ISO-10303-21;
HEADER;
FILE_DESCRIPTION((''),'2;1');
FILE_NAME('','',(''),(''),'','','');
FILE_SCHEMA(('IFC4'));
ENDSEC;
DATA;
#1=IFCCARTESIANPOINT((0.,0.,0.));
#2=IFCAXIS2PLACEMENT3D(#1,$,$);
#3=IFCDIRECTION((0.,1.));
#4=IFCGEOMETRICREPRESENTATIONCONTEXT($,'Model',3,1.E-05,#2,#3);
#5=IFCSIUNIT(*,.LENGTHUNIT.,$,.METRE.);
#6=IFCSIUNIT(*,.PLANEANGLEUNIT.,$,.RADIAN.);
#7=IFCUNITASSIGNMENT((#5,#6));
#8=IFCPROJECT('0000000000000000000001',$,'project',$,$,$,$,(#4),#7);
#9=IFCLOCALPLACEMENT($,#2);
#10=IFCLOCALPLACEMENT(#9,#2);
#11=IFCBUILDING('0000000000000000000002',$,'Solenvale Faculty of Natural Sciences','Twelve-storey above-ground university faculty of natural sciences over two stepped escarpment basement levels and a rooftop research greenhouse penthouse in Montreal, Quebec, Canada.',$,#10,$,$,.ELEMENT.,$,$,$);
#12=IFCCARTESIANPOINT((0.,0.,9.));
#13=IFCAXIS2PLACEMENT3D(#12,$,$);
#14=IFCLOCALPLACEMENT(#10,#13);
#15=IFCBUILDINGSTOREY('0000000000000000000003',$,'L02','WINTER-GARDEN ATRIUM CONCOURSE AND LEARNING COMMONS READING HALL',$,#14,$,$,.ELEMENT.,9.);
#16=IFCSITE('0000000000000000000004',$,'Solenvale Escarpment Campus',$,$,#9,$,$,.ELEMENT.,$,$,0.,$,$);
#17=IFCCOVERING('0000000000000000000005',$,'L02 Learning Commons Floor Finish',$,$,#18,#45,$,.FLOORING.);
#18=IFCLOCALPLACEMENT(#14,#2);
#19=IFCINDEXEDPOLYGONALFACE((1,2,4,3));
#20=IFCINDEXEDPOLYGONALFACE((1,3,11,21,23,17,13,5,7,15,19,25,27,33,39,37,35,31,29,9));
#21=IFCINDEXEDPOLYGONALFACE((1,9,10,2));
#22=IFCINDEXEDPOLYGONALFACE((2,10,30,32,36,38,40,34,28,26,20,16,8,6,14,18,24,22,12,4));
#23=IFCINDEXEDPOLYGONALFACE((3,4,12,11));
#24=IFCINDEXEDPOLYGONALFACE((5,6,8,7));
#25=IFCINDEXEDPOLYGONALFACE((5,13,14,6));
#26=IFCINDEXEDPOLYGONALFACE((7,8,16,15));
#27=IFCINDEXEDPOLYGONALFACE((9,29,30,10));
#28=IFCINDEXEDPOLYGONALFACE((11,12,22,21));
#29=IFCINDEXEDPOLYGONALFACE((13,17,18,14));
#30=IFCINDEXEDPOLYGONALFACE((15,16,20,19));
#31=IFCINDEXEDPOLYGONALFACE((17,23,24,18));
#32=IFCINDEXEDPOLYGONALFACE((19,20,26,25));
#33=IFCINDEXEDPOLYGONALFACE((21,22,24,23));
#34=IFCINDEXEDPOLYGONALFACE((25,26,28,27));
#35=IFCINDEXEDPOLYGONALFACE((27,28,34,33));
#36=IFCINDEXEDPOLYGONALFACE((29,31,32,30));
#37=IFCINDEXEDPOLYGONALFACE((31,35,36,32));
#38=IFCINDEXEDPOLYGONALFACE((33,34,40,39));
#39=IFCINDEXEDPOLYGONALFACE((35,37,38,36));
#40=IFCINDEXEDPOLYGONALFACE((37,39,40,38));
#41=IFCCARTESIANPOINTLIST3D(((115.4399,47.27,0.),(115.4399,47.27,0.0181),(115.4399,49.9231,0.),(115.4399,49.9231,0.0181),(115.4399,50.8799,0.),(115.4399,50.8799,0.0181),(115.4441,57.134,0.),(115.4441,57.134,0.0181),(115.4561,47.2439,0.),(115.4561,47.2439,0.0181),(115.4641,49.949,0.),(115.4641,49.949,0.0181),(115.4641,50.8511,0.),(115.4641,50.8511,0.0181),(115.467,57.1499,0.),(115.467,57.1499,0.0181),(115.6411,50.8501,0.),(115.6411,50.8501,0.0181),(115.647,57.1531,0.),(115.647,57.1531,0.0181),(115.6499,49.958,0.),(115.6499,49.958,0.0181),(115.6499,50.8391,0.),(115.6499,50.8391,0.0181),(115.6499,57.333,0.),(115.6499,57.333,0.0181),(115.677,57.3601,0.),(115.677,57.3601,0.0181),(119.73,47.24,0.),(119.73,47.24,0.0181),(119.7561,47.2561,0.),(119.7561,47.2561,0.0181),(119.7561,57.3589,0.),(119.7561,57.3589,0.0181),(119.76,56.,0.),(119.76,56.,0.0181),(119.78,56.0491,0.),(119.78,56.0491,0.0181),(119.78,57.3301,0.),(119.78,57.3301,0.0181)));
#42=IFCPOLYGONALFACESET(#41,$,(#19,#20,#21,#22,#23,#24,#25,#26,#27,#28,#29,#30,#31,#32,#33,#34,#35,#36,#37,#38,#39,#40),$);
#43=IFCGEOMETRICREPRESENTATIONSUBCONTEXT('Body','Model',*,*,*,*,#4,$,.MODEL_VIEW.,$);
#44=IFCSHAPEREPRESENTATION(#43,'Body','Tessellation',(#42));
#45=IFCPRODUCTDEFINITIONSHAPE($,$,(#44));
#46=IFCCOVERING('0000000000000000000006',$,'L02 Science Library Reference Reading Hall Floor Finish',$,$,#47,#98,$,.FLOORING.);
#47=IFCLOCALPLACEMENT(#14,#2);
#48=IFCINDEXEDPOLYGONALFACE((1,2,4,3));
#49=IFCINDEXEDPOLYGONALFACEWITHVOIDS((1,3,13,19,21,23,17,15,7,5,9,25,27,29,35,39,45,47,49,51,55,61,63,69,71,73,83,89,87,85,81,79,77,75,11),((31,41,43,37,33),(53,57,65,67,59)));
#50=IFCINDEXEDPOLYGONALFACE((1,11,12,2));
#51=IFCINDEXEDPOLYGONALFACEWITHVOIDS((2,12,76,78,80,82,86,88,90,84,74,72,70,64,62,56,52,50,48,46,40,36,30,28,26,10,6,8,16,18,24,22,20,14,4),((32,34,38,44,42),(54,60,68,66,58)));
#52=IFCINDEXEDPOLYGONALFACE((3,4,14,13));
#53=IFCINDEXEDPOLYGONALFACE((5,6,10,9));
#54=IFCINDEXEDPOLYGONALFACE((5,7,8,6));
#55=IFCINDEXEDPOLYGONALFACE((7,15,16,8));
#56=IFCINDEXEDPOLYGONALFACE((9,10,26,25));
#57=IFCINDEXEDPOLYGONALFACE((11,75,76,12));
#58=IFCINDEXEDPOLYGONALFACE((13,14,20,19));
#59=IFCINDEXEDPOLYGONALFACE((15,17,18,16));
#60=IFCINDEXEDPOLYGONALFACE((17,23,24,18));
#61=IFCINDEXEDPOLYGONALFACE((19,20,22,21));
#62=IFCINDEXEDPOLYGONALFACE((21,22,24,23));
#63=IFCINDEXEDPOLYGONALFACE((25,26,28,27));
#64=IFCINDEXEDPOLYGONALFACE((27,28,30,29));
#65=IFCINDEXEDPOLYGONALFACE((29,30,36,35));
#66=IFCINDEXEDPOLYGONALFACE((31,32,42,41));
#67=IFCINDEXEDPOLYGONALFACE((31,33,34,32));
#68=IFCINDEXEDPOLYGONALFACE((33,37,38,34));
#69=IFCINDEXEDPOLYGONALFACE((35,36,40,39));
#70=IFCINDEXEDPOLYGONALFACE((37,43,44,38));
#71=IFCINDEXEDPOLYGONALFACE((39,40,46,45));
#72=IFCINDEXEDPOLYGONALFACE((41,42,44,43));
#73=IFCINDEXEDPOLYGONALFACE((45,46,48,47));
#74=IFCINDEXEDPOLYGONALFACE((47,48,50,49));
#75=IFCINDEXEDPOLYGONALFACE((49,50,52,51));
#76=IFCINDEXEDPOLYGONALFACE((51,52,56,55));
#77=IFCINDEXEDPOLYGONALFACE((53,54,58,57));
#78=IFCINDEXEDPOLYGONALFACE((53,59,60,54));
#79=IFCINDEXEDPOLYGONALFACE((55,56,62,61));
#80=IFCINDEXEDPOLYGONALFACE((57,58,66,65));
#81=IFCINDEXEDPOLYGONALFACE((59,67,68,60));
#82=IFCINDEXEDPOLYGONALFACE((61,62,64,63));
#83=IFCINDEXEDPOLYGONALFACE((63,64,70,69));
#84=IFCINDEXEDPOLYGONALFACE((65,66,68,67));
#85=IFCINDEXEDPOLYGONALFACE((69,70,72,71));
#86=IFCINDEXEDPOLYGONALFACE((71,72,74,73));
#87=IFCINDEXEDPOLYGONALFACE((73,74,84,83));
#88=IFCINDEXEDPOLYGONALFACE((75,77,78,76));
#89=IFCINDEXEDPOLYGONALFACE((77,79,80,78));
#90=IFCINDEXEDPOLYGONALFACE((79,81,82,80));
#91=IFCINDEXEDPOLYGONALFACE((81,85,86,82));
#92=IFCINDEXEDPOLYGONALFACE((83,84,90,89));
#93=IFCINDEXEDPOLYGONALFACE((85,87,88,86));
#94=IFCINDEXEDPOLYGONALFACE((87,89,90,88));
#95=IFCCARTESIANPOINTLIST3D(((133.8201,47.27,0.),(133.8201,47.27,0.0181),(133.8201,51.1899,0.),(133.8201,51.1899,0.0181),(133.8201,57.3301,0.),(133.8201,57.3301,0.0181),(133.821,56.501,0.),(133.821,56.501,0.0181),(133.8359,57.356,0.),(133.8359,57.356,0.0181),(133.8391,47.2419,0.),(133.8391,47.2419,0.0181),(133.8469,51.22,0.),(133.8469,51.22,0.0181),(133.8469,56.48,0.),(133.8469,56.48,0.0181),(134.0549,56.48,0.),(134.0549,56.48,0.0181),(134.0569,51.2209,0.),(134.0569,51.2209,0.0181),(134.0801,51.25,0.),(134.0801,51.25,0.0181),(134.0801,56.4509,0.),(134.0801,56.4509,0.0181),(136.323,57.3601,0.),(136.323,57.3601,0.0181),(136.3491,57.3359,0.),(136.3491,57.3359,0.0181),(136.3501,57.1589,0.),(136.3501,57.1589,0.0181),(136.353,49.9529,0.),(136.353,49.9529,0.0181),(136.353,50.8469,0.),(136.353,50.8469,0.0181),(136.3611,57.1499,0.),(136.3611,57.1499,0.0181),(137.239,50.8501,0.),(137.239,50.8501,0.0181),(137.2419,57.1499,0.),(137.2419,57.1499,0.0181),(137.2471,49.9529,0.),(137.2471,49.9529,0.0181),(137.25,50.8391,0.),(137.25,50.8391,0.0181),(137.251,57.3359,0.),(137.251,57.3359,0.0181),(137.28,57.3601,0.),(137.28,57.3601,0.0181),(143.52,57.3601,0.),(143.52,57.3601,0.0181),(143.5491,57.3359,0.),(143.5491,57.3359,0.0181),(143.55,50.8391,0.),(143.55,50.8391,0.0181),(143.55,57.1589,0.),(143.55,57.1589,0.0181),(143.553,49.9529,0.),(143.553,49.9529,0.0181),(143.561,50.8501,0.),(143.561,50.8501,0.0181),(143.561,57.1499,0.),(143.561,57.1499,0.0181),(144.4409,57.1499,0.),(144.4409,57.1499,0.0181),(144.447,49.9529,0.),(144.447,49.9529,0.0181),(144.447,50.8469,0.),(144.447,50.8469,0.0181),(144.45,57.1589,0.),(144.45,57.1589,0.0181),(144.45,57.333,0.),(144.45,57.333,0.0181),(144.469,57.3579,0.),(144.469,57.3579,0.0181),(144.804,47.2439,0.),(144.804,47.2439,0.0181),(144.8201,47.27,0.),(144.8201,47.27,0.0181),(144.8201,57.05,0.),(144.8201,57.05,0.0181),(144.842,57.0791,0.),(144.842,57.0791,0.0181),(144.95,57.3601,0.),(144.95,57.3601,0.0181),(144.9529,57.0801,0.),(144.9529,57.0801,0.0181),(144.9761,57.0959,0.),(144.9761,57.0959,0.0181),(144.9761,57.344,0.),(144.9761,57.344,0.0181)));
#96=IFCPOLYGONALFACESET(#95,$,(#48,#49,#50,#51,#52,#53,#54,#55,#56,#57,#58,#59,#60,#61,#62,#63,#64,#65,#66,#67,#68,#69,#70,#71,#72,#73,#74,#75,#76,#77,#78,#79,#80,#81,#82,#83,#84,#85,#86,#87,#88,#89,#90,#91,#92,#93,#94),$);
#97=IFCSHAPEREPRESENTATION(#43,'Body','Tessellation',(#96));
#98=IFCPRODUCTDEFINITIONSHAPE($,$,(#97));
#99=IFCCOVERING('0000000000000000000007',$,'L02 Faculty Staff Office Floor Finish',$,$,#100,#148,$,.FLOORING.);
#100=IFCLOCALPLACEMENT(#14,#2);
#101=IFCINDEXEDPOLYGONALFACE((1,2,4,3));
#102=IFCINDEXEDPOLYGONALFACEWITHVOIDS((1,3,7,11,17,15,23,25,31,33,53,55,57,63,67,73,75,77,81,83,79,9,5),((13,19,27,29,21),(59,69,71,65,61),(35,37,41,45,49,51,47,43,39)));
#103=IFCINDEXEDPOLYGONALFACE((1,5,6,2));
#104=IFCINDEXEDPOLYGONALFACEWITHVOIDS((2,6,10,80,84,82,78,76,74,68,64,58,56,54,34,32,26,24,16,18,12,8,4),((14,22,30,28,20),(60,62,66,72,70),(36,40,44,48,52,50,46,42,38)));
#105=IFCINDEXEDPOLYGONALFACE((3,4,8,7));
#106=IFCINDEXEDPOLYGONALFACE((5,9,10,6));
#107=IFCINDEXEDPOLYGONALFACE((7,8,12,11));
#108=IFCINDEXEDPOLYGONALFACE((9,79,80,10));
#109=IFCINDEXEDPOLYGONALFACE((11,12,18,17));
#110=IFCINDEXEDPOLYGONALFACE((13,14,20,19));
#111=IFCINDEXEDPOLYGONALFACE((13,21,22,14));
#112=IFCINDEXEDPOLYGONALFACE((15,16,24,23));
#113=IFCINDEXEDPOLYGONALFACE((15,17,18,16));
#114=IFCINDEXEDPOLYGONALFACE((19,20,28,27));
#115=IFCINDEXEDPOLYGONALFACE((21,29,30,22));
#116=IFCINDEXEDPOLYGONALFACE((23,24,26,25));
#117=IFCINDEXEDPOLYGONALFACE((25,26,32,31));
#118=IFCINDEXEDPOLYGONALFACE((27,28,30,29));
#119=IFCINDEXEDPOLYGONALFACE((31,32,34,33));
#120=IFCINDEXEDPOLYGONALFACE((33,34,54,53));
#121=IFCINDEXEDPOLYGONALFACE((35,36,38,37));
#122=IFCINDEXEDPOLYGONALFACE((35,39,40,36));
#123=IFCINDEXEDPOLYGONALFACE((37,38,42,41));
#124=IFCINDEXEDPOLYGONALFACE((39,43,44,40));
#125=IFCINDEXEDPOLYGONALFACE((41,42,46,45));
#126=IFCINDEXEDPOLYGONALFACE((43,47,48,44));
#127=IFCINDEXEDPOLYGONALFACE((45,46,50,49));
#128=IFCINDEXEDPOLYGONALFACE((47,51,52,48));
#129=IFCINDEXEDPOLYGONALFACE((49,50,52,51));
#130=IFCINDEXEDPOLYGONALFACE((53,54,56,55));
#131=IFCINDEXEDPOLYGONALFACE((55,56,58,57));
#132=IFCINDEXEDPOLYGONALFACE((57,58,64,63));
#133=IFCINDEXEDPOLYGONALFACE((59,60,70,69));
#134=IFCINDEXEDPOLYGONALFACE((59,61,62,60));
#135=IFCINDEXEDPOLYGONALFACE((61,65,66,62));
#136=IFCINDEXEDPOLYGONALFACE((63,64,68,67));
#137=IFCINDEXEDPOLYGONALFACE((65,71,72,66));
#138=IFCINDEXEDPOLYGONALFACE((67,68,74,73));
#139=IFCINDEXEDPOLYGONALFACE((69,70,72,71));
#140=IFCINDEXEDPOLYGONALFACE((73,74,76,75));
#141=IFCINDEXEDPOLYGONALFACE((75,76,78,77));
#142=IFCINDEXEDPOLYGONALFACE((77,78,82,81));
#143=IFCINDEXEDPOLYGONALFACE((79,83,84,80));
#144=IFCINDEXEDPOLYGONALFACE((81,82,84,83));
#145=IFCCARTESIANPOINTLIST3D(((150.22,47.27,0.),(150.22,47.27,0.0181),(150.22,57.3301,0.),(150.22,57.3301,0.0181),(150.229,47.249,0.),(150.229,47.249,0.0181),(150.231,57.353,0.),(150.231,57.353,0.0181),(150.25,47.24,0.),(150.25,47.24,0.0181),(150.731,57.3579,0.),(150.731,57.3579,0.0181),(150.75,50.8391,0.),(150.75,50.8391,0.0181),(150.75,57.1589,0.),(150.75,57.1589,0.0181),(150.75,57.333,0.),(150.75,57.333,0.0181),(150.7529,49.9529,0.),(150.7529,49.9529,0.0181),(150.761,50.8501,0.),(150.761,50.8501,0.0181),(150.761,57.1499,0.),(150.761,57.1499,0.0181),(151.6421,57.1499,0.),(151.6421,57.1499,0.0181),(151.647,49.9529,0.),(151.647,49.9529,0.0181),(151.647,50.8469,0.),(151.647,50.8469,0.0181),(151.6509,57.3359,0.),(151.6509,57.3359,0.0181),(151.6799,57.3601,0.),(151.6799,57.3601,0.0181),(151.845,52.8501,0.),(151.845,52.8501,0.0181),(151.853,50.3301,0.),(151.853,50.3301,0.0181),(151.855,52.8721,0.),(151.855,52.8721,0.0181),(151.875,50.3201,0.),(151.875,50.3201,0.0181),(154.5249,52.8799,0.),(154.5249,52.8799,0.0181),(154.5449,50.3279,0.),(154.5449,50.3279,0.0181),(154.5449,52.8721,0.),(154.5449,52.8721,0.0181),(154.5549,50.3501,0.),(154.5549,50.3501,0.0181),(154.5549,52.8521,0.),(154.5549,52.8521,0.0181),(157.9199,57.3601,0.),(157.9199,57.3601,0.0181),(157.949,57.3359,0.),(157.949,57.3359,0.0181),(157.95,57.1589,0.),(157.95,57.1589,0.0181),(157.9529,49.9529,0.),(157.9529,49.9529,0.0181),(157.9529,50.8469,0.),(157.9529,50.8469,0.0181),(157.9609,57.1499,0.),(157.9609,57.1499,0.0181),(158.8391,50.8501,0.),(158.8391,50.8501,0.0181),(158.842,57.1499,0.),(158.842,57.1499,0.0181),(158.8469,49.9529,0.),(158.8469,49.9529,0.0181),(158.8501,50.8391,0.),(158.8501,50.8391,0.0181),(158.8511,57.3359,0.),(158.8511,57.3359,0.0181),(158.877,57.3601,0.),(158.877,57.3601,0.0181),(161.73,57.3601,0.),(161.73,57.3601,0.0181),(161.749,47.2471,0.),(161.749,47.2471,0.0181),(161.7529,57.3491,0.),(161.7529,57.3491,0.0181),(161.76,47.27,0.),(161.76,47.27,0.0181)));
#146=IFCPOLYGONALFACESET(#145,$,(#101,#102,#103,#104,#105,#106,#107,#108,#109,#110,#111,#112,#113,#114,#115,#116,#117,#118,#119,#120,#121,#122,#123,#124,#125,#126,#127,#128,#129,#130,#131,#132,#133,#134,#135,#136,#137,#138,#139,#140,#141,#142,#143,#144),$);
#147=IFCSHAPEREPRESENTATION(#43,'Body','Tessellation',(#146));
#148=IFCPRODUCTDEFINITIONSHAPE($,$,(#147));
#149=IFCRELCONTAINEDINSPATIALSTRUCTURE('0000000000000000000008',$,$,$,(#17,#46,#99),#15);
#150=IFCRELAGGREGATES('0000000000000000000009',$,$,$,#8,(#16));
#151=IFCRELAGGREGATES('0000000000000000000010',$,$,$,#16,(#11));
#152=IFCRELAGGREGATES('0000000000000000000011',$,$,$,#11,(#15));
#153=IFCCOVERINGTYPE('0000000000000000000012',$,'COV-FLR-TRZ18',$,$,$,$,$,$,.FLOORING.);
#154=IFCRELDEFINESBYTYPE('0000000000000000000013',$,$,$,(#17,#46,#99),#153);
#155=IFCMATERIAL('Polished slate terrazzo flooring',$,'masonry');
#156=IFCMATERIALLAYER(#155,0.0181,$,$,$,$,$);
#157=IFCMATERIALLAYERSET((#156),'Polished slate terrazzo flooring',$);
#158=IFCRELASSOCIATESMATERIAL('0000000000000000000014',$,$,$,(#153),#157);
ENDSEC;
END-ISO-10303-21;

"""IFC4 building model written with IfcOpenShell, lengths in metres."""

from ifc_helpers import new_model, si_unit, direction, frame, origin, place, context, subcontext, project, spatial, polyline, outline, extrude, material, layer, layer_set, type_object, element, save


model = new_model("IFC4")

# Units and contexts
model_context = context("Model", 3, precision=1e-05, world=origin(), true_north=direction((0.0, 1.0)))
body_context = subcontext(model_context, "Body", "Model", "MODEL_VIEW")
ifc_project = project(units=[si_unit("LENGTHUNIT", "METRE"), si_unit("PLANEANGLEUNIT", "RADIAN")], contexts=[model_context])

# Site, building, storey
site_placement = place(None, origin())
site = spatial("IfcSite", under=ifc_project, at=site_placement, Name="Solenvale Escarpment Campus", CompositionType="ELEMENT", RefElevation=0.0)
building_placement = place(site_placement, origin())
building = spatial("IfcBuilding", under=site, at=building_placement, Name="Solenvale Faculty of Natural Sciences", Description="Twelve-storey above-ground university faculty of natural sciences over two stepped escarpment basement levels and a rooftop research greenhouse penthouse in Montreal, Quebec, Canada.", CompositionType="ELEMENT")
storey_placement = place(building_placement, frame((0.0, 0.0, 9.0)))
storey = spatial("IfcBuildingStorey", under=building, at=storey_placement, Name="L02", Description="WINTER-GARDEN ATRIUM CONCOURSE AND LEARNING COMMONS READING HALL", CompositionType="ELEMENT", Elevation=9.0)

# Coverings
ifc_material_1 = material(Name="Polished slate terrazzo flooring", Category="masonry")
ifc_layer_1 = layer(ifc_material_1, 0.0181)
ifc_layer_set_1 = layer_set([ifc_layer_1], Name="Polished slate terrazzo flooring")
covering_type_1 = type_object("IfcCoveringType", Name="COV-FLR-TRZ18", PredefinedType="FLOORING", material=ifc_layer_set_1)
covering_1_placement = place(storey_placement, origin())
element("IfcCovering", 1, at=covering_1_placement, inside=storey, type_object=covering_type_1, Name="L02 Learning Commons Floor Finish", PredefinedType="FLOORING", context=body_context, shape_type="SweptSolid", body=[
    extrude(outline(polyline([(119.78, 56.0491), (119.76, 56.0), (119.7561, 47.2561), (119.73, 47.24), (115.4561, 47.2439), (115.4399, 47.27), (115.4399, 49.9231), (115.4641, 49.949), (115.6499, 49.958), (115.6499, 50.8391), (115.6411, 50.8501), (115.4641, 50.8511), (115.4399, 50.8799), (115.4441, 57.134), (115.467, 57.1499), (115.647, 57.1531), (115.6499, 57.333), (115.677, 57.3601), (119.7561, 57.3589), (119.78, 57.3301), (119.78, 56.0491)])), origin(), (0.0, 0.0, 1.0), 0.0181),
])
covering_2_placement = place(storey_placement, origin())
element("IfcCovering", 2, at=covering_2_placement, inside=storey, type_object=covering_type_1, Name="L02 Science Library Reference Reading Hall Floor Finish", PredefinedType="FLOORING", context=body_context, shape_type="SweptSolid", body=[
    extrude(outline(polyline([(133.8201, 51.1899), (133.8469, 51.22), (134.0569, 51.2209), (134.0801, 51.25), (134.0801, 56.4509), (134.0549, 56.48), (133.8469, 56.48), (133.821, 56.501), (133.8201, 57.3301), (133.8359, 57.356), (136.323, 57.3601), (136.3491, 57.3359), (136.3501, 57.1589), (136.3611, 57.1499), (137.2419, 57.1499), (137.251, 57.3359), (137.28, 57.3601), (143.52, 57.3601), (143.5491, 57.3359), (143.55, 57.1589), (143.561, 57.1499), (144.4409, 57.1499), (144.45, 57.1589), (144.45, 57.333), (144.469, 57.3579), (144.95, 57.3601), (144.9761, 57.344), (144.9761, 57.0959), (144.9529, 57.0801), (144.842, 57.0791), (144.8201, 57.05), (144.8201, 47.27), (144.804, 47.2439), (133.8391, 47.2419), (133.8201, 47.27), (133.8201, 51.1899)]), holes=[polyline([(143.561, 50.8501), (143.55, 50.8391), (143.553, 49.9529), (144.447, 49.9529), (144.447, 50.8469), (143.561, 50.8501)]), polyline([(137.25, 50.8391), (137.239, 50.8501), (136.353, 50.8469), (136.353, 49.9529), (137.2471, 49.9529), (137.25, 50.8391)])]), origin(), (0.0, 0.0, 1.0), 0.0181),
])
covering_3_placement = place(storey_placement, origin())
element("IfcCovering", 3, at=covering_3_placement, inside=storey, type_object=covering_type_1, Name="L02 Faculty Staff Office Floor Finish", PredefinedType="FLOORING", context=body_context, shape_type="SweptSolid", body=[
    extrude(outline(polyline([(150.25, 47.24), (150.229, 47.249), (150.22, 47.27), (150.22, 57.3301), (150.231, 57.353), (150.731, 57.3579), (150.75, 57.333), (150.75, 57.1589), (150.761, 57.1499), (151.6421, 57.1499), (151.6509, 57.3359), (151.6799, 57.3601), (157.9199, 57.3601), (157.949, 57.3359), (157.95, 57.1589), (157.9609, 57.1499), (158.842, 57.1499), (158.8511, 57.3359), (158.877, 57.3601), (161.73, 57.3601), (161.7529, 57.3491), (161.76, 47.27), (161.749, 47.2471), (150.25, 47.24)]), holes=[polyline([(158.8501, 50.8391), (158.8391, 50.8501), (157.9529, 50.8469), (157.9529, 49.9529), (158.8469, 49.9529), (158.8501, 50.8391)]), polyline([(154.5549, 52.8521), (154.5449, 52.8721), (154.5249, 52.8799), (151.855, 52.8721), (151.845, 52.8501), (151.853, 50.3301), (151.875, 50.3201), (154.5449, 50.3279), (154.5549, 50.3501), (154.5549, 52.8521)]), polyline([(150.761, 50.8501), (150.75, 50.8391), (150.7529, 49.9529), (151.647, 49.9529), (151.647, 50.8469), (150.761, 50.8501)])]), origin(), (0.0, 0.0, 1.0), 0.0181),
])

save(model, "model.ifc")
